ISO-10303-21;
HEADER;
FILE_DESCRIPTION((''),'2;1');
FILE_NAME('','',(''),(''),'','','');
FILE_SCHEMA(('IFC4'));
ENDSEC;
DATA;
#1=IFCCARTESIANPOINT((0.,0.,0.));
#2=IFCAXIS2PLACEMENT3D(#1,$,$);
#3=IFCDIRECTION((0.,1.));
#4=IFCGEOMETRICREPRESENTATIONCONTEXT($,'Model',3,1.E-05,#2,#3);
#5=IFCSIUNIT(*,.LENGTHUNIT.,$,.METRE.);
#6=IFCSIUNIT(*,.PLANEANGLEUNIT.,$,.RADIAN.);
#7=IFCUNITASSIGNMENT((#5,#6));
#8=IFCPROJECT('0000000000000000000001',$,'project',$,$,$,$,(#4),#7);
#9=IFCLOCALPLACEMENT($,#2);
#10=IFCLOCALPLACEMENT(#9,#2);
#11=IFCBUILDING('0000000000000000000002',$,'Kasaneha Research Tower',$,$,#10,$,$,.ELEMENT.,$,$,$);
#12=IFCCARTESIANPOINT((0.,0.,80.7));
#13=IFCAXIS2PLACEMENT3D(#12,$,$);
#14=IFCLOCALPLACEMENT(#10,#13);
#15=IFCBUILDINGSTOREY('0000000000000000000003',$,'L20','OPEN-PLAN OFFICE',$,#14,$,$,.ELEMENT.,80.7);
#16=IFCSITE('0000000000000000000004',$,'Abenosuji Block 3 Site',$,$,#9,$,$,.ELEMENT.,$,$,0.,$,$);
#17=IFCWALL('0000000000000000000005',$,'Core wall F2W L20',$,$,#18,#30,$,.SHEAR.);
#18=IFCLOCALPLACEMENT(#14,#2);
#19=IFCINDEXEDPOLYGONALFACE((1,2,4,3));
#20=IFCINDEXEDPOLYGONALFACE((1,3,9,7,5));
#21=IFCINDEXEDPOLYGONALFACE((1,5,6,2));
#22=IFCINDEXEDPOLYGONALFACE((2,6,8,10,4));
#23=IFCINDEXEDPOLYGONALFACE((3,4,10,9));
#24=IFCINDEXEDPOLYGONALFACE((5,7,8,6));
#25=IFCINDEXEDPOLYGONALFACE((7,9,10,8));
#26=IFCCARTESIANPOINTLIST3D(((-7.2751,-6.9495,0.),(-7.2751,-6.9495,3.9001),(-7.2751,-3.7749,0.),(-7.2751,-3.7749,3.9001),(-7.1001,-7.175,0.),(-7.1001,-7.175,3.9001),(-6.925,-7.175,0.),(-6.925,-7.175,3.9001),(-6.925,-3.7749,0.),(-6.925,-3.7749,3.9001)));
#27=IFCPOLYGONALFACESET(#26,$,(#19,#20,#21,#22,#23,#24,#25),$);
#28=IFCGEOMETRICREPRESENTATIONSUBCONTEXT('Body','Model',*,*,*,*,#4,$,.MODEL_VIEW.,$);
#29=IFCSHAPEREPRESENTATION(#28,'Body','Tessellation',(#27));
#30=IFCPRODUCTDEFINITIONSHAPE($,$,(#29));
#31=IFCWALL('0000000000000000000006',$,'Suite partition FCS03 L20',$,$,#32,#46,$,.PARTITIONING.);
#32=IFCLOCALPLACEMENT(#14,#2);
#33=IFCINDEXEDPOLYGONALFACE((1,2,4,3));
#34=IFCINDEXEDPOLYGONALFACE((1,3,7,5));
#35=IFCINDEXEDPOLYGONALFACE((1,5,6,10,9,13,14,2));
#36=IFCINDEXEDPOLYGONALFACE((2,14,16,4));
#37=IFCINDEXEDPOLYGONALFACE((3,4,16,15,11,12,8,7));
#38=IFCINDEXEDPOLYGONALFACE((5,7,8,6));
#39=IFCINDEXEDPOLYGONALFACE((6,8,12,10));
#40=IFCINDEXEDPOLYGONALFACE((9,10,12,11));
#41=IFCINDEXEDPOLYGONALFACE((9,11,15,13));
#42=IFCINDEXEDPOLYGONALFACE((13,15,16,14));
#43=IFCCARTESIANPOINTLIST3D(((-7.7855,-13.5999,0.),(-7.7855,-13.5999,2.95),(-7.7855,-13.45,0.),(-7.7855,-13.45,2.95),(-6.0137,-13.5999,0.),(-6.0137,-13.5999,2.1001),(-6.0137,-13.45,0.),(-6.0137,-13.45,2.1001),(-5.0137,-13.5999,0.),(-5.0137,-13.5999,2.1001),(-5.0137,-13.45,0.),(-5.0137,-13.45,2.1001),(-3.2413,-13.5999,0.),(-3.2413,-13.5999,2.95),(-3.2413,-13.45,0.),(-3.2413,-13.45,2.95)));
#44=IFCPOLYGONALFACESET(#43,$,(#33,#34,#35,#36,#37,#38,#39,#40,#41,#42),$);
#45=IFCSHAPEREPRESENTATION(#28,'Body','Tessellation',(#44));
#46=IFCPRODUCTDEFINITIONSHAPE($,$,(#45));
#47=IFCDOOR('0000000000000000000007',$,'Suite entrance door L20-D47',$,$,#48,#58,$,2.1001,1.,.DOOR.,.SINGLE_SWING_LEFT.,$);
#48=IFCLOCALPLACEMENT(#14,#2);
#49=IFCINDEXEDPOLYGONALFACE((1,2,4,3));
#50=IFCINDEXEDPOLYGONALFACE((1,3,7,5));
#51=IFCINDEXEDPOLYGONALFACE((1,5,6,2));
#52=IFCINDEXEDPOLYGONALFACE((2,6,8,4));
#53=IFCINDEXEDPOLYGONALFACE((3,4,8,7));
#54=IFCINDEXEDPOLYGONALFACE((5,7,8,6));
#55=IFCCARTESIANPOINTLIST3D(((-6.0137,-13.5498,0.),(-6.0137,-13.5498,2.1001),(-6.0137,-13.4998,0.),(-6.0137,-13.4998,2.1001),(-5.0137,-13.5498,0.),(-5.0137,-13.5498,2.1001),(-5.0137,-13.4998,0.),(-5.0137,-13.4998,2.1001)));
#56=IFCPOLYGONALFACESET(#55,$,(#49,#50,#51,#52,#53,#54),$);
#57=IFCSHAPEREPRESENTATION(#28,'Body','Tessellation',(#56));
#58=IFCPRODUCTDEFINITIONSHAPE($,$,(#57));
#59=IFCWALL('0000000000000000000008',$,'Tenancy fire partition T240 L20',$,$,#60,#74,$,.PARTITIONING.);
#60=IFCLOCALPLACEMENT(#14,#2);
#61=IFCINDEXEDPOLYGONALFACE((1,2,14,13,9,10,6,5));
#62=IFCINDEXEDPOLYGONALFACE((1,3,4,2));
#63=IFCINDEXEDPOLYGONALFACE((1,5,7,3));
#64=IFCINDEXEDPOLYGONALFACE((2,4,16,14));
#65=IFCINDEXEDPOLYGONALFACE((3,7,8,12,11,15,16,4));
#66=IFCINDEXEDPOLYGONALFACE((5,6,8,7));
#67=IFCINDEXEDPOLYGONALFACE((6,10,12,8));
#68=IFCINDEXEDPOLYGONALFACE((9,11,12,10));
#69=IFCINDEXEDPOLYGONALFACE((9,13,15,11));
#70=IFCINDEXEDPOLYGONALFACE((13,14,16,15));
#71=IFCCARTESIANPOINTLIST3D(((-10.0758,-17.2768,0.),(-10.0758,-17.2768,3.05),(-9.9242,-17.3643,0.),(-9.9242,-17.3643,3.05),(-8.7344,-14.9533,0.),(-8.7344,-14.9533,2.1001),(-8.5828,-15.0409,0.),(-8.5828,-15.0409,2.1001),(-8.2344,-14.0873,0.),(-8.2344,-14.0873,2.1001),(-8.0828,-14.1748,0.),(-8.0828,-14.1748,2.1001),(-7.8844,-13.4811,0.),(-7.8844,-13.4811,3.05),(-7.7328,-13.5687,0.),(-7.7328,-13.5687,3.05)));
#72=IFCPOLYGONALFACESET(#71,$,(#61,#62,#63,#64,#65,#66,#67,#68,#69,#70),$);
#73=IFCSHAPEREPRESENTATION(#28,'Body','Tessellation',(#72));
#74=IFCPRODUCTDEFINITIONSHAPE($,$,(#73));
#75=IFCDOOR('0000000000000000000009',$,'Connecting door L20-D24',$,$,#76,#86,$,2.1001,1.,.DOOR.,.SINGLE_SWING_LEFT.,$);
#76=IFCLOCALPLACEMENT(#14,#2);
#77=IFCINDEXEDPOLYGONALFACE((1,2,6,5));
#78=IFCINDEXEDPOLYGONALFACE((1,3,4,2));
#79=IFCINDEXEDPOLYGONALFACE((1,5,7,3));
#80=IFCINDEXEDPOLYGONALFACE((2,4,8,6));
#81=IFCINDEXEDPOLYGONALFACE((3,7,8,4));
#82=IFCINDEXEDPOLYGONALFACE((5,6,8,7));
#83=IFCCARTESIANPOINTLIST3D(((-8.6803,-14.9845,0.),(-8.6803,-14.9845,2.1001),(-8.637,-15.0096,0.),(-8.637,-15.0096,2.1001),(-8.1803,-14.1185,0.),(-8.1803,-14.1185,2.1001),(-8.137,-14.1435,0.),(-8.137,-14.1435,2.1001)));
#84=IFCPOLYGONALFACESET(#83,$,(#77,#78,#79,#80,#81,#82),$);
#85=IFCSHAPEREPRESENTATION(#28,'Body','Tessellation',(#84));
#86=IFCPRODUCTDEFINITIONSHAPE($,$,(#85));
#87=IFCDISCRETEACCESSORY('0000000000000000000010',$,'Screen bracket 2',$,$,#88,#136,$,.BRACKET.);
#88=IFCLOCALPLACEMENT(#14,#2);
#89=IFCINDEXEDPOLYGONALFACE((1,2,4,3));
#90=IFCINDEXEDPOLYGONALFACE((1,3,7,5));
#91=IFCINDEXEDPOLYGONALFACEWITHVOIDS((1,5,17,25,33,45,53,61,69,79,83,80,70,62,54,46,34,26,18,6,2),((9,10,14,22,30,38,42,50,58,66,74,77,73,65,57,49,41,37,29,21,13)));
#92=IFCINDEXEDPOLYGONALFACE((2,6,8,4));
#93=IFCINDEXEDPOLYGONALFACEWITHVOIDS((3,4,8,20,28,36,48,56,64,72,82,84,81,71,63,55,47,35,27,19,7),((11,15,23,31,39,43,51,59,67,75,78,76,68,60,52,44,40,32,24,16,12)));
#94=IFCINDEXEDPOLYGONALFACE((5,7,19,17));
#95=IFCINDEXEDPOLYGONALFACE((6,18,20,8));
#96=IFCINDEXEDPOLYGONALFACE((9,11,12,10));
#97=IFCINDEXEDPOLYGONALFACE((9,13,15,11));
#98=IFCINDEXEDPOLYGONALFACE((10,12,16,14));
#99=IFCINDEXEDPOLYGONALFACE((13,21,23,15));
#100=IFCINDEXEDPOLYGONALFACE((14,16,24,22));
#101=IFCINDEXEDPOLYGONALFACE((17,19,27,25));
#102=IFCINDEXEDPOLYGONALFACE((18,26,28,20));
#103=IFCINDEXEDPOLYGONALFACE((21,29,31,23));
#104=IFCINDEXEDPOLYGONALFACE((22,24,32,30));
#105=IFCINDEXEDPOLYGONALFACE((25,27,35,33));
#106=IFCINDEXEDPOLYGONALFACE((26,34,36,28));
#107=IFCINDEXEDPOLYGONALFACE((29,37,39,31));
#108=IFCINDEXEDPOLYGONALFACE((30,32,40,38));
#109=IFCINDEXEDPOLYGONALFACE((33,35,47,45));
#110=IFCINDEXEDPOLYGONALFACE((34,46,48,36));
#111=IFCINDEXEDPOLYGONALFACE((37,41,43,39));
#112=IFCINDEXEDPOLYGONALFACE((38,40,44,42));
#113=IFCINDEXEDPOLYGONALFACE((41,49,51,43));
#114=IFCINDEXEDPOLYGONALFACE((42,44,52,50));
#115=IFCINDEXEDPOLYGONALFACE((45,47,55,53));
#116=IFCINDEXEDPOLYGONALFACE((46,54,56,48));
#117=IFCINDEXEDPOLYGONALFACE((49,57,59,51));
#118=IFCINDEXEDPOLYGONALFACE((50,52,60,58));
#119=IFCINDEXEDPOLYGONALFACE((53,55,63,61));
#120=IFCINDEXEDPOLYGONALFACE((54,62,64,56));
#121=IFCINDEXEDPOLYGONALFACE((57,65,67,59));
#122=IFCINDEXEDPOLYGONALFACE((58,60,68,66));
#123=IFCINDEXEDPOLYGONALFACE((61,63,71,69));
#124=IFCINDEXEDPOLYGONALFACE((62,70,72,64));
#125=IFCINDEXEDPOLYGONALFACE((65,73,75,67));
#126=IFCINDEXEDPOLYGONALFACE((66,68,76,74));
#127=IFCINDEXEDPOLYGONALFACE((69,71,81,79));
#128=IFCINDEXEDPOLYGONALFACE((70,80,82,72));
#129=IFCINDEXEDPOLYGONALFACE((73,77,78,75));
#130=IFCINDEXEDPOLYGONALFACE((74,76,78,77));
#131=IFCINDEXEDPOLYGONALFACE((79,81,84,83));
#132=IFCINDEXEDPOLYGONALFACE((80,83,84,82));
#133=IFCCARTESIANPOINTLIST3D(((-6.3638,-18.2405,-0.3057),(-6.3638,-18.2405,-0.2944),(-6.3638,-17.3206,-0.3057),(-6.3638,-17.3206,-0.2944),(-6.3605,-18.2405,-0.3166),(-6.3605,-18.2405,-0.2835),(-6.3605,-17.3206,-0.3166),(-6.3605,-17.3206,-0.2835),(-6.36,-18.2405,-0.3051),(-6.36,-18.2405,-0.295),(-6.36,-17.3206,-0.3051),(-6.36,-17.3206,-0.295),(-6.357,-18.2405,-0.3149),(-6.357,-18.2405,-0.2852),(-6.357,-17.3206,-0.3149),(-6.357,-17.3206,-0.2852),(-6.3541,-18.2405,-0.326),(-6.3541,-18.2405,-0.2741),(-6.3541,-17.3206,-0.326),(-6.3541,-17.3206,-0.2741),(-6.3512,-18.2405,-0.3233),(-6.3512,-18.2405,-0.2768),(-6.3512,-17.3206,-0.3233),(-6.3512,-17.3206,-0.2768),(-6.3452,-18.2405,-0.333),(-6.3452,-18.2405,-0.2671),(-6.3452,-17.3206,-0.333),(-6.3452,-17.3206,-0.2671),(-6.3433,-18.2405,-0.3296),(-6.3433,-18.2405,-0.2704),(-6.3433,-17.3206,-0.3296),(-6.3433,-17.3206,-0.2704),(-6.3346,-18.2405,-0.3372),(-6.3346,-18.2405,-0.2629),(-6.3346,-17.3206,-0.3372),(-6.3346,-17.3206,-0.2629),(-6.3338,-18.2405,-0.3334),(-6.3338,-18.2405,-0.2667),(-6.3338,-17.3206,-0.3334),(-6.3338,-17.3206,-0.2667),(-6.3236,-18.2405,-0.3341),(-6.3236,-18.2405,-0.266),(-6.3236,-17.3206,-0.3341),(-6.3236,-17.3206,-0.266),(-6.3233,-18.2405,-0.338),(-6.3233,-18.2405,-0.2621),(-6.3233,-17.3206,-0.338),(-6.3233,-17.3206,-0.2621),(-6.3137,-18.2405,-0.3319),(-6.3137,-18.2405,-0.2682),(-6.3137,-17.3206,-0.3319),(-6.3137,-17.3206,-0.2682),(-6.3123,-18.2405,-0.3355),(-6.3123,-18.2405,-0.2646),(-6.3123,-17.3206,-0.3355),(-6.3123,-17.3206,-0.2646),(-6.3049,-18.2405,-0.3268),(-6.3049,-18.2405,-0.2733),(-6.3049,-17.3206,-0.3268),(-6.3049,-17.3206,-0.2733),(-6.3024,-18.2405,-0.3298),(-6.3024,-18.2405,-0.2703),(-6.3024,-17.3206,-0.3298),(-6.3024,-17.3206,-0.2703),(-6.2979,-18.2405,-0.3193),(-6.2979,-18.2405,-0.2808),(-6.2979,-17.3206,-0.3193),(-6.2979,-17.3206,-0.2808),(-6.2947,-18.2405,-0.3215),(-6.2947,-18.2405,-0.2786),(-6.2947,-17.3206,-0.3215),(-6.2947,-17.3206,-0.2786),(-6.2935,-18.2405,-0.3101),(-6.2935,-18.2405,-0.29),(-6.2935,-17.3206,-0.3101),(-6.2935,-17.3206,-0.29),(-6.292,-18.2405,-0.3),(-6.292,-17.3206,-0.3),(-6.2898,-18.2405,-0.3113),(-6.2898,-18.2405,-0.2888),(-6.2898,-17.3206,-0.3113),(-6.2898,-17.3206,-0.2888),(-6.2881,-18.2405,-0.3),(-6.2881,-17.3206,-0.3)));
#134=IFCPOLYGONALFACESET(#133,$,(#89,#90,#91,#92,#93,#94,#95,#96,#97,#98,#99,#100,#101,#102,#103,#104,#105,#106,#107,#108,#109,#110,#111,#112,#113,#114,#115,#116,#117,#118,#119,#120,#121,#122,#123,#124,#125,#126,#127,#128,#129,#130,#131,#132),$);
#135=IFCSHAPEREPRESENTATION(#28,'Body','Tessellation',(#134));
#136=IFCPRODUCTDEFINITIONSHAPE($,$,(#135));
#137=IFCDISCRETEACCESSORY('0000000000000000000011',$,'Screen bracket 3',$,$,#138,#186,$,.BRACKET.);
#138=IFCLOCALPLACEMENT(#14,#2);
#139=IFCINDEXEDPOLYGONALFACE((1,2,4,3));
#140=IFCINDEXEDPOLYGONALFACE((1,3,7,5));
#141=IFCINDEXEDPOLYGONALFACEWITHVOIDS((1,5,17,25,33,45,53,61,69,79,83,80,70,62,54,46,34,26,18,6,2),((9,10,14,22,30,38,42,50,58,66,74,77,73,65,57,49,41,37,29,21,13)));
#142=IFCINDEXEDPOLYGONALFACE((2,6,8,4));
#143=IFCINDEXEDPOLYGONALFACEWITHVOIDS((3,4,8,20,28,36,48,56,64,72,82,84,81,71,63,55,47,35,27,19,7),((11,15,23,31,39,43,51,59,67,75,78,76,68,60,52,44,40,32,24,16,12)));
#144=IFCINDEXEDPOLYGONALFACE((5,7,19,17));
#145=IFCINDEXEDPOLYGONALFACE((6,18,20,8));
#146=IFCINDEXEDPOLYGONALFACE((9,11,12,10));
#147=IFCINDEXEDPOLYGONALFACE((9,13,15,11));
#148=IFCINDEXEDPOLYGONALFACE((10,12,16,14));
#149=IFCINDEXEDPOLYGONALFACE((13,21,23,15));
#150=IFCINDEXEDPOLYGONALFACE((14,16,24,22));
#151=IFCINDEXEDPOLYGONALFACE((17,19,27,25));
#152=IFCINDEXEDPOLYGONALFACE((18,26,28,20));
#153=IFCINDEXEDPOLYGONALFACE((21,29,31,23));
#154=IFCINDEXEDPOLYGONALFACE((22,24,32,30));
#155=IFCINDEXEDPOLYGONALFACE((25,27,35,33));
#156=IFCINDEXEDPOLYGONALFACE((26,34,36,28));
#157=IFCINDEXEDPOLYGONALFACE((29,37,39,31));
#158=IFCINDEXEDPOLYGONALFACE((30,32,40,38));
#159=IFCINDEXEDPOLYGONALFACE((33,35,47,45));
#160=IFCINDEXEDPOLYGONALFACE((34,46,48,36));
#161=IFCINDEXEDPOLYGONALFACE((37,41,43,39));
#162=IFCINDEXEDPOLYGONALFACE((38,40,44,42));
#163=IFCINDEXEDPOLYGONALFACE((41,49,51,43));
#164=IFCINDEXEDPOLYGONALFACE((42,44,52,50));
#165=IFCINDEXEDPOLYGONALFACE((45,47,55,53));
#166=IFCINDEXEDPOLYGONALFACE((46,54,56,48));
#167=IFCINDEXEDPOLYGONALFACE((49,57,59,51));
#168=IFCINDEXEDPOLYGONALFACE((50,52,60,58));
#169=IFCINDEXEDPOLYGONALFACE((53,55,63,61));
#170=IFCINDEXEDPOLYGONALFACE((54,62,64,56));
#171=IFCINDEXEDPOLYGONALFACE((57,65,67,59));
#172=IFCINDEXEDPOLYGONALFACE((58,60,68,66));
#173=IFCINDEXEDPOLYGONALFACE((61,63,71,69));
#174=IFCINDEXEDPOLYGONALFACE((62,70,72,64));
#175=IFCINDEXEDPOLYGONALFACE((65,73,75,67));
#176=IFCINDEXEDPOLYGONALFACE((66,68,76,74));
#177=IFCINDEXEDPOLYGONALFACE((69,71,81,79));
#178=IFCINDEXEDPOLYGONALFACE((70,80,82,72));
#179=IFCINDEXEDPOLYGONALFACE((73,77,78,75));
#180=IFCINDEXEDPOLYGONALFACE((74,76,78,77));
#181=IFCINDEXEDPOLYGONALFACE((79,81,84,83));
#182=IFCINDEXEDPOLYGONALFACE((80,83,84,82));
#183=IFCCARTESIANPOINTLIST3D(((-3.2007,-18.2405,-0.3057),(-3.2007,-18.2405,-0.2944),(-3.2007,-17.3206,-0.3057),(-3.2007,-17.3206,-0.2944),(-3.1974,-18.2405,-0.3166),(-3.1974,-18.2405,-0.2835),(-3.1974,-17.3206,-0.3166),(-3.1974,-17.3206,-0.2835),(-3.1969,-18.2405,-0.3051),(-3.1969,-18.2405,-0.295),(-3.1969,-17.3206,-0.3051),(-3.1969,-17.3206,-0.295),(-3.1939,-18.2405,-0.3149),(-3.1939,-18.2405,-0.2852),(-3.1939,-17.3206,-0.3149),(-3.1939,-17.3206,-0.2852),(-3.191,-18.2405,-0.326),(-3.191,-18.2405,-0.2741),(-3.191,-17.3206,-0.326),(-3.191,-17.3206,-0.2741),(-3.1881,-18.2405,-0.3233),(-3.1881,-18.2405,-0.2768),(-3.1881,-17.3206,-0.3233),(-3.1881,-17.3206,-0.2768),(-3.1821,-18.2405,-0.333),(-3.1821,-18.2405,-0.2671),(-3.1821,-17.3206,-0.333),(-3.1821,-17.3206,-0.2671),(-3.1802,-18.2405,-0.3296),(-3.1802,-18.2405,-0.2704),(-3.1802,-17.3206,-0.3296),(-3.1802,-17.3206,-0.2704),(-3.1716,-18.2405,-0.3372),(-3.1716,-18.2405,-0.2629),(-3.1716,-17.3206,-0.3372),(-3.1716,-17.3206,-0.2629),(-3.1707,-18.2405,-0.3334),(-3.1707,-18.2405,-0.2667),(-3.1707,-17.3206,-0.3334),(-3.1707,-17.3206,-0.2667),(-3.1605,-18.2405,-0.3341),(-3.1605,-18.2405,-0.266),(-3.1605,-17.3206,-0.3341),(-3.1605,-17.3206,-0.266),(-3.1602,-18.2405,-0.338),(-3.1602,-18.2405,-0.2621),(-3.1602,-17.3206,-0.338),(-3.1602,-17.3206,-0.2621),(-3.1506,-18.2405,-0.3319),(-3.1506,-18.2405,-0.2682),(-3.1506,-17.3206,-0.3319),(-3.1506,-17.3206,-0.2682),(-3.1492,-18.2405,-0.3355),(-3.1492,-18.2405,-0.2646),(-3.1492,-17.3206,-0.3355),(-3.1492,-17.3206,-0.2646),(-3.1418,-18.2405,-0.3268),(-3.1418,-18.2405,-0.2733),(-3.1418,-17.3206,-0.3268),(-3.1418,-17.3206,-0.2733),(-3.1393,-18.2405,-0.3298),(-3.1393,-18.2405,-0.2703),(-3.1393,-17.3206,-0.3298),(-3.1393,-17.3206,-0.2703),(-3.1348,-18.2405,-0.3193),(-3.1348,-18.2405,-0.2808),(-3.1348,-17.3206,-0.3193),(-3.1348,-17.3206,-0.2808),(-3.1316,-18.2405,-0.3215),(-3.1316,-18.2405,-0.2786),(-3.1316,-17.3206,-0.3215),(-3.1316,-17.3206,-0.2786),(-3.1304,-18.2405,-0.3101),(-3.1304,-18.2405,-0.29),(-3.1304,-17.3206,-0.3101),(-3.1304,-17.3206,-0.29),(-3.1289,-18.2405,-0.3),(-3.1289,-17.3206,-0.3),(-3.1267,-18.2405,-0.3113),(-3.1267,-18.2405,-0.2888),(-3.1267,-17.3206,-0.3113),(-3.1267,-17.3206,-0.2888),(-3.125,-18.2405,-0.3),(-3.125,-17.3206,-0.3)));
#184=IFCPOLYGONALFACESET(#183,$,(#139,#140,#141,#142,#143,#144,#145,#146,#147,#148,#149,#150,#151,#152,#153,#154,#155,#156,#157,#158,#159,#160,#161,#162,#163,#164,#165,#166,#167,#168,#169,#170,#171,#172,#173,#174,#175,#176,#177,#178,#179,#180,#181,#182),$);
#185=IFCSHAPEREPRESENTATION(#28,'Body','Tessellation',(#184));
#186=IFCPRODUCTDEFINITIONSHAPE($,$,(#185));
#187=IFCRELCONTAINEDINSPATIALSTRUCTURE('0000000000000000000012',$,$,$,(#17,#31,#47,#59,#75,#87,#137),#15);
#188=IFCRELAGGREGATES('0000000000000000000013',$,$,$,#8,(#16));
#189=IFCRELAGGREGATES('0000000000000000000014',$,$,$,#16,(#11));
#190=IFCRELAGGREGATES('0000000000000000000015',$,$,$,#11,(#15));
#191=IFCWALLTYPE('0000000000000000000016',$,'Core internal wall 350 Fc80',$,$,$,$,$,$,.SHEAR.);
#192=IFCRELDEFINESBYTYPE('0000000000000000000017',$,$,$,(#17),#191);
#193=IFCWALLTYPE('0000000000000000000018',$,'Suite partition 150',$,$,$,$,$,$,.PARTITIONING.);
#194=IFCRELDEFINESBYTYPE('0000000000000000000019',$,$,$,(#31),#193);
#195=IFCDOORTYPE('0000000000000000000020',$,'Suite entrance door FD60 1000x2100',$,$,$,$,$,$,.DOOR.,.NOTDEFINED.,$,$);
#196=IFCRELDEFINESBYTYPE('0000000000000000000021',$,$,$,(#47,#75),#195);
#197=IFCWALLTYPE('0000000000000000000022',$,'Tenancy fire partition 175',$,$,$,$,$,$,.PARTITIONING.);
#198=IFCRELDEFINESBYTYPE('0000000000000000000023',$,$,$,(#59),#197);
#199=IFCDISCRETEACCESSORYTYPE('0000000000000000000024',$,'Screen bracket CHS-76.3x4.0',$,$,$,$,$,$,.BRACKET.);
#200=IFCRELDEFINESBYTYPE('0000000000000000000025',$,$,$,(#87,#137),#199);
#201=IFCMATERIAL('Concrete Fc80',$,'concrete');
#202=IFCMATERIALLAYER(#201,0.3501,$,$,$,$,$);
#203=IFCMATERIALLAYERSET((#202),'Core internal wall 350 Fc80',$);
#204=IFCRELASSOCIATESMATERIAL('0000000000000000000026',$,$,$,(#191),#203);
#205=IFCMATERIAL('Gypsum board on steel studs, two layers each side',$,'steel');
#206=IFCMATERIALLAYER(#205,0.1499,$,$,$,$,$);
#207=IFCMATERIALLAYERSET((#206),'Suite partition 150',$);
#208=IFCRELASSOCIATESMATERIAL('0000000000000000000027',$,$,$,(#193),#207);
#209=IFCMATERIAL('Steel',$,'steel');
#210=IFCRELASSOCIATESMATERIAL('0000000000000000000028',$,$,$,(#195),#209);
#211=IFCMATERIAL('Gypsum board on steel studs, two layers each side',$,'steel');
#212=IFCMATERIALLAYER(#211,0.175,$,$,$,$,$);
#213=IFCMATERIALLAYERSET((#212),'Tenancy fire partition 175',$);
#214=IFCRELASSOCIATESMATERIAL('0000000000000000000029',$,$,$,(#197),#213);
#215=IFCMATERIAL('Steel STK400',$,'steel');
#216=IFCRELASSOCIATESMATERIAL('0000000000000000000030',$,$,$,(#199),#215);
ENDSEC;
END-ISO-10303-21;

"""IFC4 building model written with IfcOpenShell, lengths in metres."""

from ifc_helpers import new_model, si_unit, direction, frame, frame_2d, origin, origin_2d, place, context, subcontext, project, spatial, polyline, rectangle, hollow_circle, outline, extrude, material, layer, layer_set, material_profile, profile_set, type_object, element, fill, save


model = new_model("IFC4")

# Units and contexts
model_context = context("Model", 3, precision=1e-05, world=origin(), true_north=direction((0.0, 1.0)))
body_context = subcontext(model_context, "Body", "Model", "MODEL_VIEW")
ifc_project = project(units=[si_unit("LENGTHUNIT", "METRE"), si_unit("PLANEANGLEUNIT", "RADIAN")], contexts=[model_context])

# Site, building, storey
site_placement = place(None, origin())
site = spatial("IfcSite", under=ifc_project, at=site_placement, Name="Abenosuji Block 3 Site", CompositionType="ELEMENT", RefElevation=0.0)
building_placement = place(site_placement, origin())
building = spatial("IfcBuilding", under=site, at=building_placement, Name="Kasaneha Research Tower", CompositionType="ELEMENT")
storey_placement = place(building_placement, frame((0.0, 0.0, 80.7)))
storey = spatial("IfcBuildingStorey", under=building, at=storey_placement, Name="L20", Description="OPEN-PLAN OFFICE", CompositionType="ELEMENT", Elevation=80.7)

# Shared definitions
ifc_material_1 = material(Name="Concrete Fc80", Category="concrete")
ifc_layer_1 = layer(ifc_material_1, 0.3501)
ifc_layer_set_1 = layer_set([ifc_layer_1], Name="Core internal wall 350 Fc80")
wall_type_1 = type_object("IfcWallType", Name="Core internal wall 350 Fc80", PredefinedType="SHEAR", material=ifc_layer_set_1)

# Wall
wall_1_placement = place(storey_placement, frame((-7.1001, -3.7749, 0.0), z_axis=(0.0, 0.0, 1.0), x_axis=(0.0, -1.0, 0.0)))
element("IfcWall", 1, at=wall_1_placement, inside=storey, type_object=wall_type_1, Name="Core wall F2W L20", PredefinedType="SHEAR", context=body_context, shape_type="SweptSolid", body=[
    extrude(outline(polyline([(0.0, -0.175), (3.1746, -0.175), (3.4001, 0.0), (3.4001, 0.175), (0.0, 0.175), (0.0, -0.175)])), origin(), (0.0, 0.0, 1.0), 3.9001),
])

# Walls, openings, doors
ifc_material_2 = material(Name="Gypsum board on steel studs, two layers each side", Category="steel")
ifc_layer_2 = layer(ifc_material_2, 0.1499)
ifc_layer_set_2 = layer_set([ifc_layer_2], Name="Suite partition 150")
wall_type_2 = type_object("IfcWallType", Name="Suite partition 150", PredefinedType="PARTITIONING", material=ifc_layer_set_2)
wall_2_placement = place(storey_placement, frame((-3.2415, -13.5249, 0.0), z_axis=(0.0, 0.0, 1.0), x_axis=(-1.0, 0.0, 0.0)))
wall_2 = element("IfcWall", 2, at=wall_2_placement, inside=storey, type_object=wall_type_2, Name="Suite partition FCS03 L20", PredefinedType="PARTITIONING", context=body_context, shape_type="SweptSolid", body=[
    extrude(rectangle(XDim=4.5442, YDim=0.1499, at=frame_2d((2.272, 0.0))), origin(), (0.0, 0.0, 1.0), 2.95),
])
opening_1_placement = place(wall_2_placement, frame((1.7722, 0.0, 0.0)))
opening_1 = element("IfcOpeningElement", 3, at=opening_1_placement, cuts=wall_2, PredefinedType="OPENING", context=body_context, shape_type="SweptSolid", body=[
    extrude(rectangle(XDim=1.0, YDim=2.1001, at=frame_2d((0.5, 1.05))), frame((0.0, 0.085, 0.0), z_axis=(0.0, -1.0, 0.0), x_axis=(1.0, 0.0, 0.0)), (0.0, 0.0, 1.0), 0.1699),
])
ifc_material_3 = material(Name="Steel", Category="steel")
door_type_1 = type_object("IfcDoorType", Name="Suite entrance door FD60 1000x2100", OperationType="NOTDEFINED", PredefinedType="DOOR", material=ifc_material_3)
door_1_placement = place(opening_1_placement, origin())
door_1 = element("IfcDoor", 4, at=door_1_placement, inside=storey, type_object=door_type_1, Name="Suite entrance door L20-D47", OperationType="SINGLE_SWING_LEFT", OverallHeight=2.1001, OverallWidth=1.0, PredefinedType="DOOR", context=body_context, shape_type="SweptSolid", body=[
    extrude(rectangle(XDim=1.0, YDim=2.1001, at=frame_2d((0.5, 1.05))), frame((0.0, 0.0249, 0.0), z_axis=(0.0, -1.0, 0.0), x_axis=(1.0, 0.0, 0.0)), (0.0, 0.0, 1.0), 0.05),
])
fill(opening_1, door_1)
ifc_material_4 = material(Name="Gypsum board on steel studs, two layers each side", Category="steel")
ifc_layer_3 = layer(ifc_material_4, 0.175)
ifc_layer_set_3 = layer_set([ifc_layer_3], Name="Tenancy fire partition 175")
wall_type_3 = type_object("IfcWallType", Name="Tenancy fire partition 175", PredefinedType="PARTITIONING", material=ifc_layer_set_3)
wall_3_placement = place(storey_placement, frame((-7.8086, -13.5249, 0.0), z_axis=(0.0, 0.0, 1.0), x_axis=(-0.499997, -0.866027, 0.0)))
wall_3 = element("IfcWall", 5, at=wall_3_placement, inside=storey, type_object=wall_type_3, Name="Tenancy fire partition T240 L20", PredefinedType="PARTITIONING", context=body_context, shape_type="SweptSolid", body=[
    extrude(rectangle(XDim=4.3828, YDim=0.175, at=frame_2d((2.1914, 0.0))), origin(), (0.0, 0.0, 1.0), 3.05),
])
opening_2_placement = place(wall_3_placement, frame((0.7, 0.0, 0.0)))
opening_2 = element("IfcOpeningElement", 6, at=opening_2_placement, cuts=wall_3, PredefinedType="OPENING", context=body_context, shape_type="SweptSolid", body=[
    extrude(rectangle(XDim=1.0, YDim=2.1001, at=frame_2d((0.5, 1.05))), frame((0.0, 0.0977, 0.0), z_axis=(0.0, -1.0, 0.0), x_axis=(1.0, 0.0, 0.0)), (0.0, 0.0, 1.0), 0.1951),
])
door_2_placement = place(opening_2_placement, origin())
door_2 = element("IfcDoor", 7, at=door_2_placement, inside=storey, type_object=door_type_1, Name="Connecting door L20-D24", OperationType="SINGLE_SWING_LEFT", OverallHeight=2.1001, OverallWidth=1.0, PredefinedType="DOOR", context=body_context, shape_type="SweptSolid", body=[
    extrude(rectangle(XDim=1.0, YDim=2.1001, at=frame_2d((0.5, 1.05))), frame((0.0, 0.0249, 0.0), z_axis=(0.0, -1.0, 0.0), x_axis=(1.0, 0.0, 0.0)), (0.0, 0.0, 1.0), 0.05),
])
fill(opening_2, door_2)

# Discrete accessories
ifc_material_5 = material(Name="Steel STK400", Category="steel")
ifc_material_profile_1 = material_profile(ifc_material_5, hollow_circle(Radius=0.0381, WallThickness=0.0039, at=origin_2d()), Name="CHS-76.3x4.0")
ifc_profile_set_1 = profile_set([ifc_material_profile_1], Name="Steel STK400")
discrete_accessory_type = type_object("IfcDiscreteAccessoryType", Name="Screen bracket CHS-76.3x4.0", PredefinedType="BRACKET", material=ifc_profile_set_1)
for number, where, z_axis, x_axis, name in (
    (8, (-6.3262, -17.3206, -0.3), (0.0, -1.0, 0.0), (1.0, 0.0, 0.0), "Screen bracket 2"),
    (9, (-3.1631, -17.3206, -0.3), (0.0, -1.0, 0.0), (1.0, 0.0, 0.0), "Screen bracket 3"),
):
    element("IfcDiscreteAccessory", number, at=place(storey_placement, frame(where, z_axis=z_axis, x_axis=x_axis)), inside=storey, type_object=discrete_accessory_type, Name=name, PredefinedType="BRACKET", context=body_context, shape_type="SweptSolid", body=[
        extrude(hollow_circle(Radius=0.0381, WallThickness=0.0039, at=origin_2d()), origin(), (0.0, 0.0, 1.0), 0.9199),
    ])

save(model, "model.ifc")
